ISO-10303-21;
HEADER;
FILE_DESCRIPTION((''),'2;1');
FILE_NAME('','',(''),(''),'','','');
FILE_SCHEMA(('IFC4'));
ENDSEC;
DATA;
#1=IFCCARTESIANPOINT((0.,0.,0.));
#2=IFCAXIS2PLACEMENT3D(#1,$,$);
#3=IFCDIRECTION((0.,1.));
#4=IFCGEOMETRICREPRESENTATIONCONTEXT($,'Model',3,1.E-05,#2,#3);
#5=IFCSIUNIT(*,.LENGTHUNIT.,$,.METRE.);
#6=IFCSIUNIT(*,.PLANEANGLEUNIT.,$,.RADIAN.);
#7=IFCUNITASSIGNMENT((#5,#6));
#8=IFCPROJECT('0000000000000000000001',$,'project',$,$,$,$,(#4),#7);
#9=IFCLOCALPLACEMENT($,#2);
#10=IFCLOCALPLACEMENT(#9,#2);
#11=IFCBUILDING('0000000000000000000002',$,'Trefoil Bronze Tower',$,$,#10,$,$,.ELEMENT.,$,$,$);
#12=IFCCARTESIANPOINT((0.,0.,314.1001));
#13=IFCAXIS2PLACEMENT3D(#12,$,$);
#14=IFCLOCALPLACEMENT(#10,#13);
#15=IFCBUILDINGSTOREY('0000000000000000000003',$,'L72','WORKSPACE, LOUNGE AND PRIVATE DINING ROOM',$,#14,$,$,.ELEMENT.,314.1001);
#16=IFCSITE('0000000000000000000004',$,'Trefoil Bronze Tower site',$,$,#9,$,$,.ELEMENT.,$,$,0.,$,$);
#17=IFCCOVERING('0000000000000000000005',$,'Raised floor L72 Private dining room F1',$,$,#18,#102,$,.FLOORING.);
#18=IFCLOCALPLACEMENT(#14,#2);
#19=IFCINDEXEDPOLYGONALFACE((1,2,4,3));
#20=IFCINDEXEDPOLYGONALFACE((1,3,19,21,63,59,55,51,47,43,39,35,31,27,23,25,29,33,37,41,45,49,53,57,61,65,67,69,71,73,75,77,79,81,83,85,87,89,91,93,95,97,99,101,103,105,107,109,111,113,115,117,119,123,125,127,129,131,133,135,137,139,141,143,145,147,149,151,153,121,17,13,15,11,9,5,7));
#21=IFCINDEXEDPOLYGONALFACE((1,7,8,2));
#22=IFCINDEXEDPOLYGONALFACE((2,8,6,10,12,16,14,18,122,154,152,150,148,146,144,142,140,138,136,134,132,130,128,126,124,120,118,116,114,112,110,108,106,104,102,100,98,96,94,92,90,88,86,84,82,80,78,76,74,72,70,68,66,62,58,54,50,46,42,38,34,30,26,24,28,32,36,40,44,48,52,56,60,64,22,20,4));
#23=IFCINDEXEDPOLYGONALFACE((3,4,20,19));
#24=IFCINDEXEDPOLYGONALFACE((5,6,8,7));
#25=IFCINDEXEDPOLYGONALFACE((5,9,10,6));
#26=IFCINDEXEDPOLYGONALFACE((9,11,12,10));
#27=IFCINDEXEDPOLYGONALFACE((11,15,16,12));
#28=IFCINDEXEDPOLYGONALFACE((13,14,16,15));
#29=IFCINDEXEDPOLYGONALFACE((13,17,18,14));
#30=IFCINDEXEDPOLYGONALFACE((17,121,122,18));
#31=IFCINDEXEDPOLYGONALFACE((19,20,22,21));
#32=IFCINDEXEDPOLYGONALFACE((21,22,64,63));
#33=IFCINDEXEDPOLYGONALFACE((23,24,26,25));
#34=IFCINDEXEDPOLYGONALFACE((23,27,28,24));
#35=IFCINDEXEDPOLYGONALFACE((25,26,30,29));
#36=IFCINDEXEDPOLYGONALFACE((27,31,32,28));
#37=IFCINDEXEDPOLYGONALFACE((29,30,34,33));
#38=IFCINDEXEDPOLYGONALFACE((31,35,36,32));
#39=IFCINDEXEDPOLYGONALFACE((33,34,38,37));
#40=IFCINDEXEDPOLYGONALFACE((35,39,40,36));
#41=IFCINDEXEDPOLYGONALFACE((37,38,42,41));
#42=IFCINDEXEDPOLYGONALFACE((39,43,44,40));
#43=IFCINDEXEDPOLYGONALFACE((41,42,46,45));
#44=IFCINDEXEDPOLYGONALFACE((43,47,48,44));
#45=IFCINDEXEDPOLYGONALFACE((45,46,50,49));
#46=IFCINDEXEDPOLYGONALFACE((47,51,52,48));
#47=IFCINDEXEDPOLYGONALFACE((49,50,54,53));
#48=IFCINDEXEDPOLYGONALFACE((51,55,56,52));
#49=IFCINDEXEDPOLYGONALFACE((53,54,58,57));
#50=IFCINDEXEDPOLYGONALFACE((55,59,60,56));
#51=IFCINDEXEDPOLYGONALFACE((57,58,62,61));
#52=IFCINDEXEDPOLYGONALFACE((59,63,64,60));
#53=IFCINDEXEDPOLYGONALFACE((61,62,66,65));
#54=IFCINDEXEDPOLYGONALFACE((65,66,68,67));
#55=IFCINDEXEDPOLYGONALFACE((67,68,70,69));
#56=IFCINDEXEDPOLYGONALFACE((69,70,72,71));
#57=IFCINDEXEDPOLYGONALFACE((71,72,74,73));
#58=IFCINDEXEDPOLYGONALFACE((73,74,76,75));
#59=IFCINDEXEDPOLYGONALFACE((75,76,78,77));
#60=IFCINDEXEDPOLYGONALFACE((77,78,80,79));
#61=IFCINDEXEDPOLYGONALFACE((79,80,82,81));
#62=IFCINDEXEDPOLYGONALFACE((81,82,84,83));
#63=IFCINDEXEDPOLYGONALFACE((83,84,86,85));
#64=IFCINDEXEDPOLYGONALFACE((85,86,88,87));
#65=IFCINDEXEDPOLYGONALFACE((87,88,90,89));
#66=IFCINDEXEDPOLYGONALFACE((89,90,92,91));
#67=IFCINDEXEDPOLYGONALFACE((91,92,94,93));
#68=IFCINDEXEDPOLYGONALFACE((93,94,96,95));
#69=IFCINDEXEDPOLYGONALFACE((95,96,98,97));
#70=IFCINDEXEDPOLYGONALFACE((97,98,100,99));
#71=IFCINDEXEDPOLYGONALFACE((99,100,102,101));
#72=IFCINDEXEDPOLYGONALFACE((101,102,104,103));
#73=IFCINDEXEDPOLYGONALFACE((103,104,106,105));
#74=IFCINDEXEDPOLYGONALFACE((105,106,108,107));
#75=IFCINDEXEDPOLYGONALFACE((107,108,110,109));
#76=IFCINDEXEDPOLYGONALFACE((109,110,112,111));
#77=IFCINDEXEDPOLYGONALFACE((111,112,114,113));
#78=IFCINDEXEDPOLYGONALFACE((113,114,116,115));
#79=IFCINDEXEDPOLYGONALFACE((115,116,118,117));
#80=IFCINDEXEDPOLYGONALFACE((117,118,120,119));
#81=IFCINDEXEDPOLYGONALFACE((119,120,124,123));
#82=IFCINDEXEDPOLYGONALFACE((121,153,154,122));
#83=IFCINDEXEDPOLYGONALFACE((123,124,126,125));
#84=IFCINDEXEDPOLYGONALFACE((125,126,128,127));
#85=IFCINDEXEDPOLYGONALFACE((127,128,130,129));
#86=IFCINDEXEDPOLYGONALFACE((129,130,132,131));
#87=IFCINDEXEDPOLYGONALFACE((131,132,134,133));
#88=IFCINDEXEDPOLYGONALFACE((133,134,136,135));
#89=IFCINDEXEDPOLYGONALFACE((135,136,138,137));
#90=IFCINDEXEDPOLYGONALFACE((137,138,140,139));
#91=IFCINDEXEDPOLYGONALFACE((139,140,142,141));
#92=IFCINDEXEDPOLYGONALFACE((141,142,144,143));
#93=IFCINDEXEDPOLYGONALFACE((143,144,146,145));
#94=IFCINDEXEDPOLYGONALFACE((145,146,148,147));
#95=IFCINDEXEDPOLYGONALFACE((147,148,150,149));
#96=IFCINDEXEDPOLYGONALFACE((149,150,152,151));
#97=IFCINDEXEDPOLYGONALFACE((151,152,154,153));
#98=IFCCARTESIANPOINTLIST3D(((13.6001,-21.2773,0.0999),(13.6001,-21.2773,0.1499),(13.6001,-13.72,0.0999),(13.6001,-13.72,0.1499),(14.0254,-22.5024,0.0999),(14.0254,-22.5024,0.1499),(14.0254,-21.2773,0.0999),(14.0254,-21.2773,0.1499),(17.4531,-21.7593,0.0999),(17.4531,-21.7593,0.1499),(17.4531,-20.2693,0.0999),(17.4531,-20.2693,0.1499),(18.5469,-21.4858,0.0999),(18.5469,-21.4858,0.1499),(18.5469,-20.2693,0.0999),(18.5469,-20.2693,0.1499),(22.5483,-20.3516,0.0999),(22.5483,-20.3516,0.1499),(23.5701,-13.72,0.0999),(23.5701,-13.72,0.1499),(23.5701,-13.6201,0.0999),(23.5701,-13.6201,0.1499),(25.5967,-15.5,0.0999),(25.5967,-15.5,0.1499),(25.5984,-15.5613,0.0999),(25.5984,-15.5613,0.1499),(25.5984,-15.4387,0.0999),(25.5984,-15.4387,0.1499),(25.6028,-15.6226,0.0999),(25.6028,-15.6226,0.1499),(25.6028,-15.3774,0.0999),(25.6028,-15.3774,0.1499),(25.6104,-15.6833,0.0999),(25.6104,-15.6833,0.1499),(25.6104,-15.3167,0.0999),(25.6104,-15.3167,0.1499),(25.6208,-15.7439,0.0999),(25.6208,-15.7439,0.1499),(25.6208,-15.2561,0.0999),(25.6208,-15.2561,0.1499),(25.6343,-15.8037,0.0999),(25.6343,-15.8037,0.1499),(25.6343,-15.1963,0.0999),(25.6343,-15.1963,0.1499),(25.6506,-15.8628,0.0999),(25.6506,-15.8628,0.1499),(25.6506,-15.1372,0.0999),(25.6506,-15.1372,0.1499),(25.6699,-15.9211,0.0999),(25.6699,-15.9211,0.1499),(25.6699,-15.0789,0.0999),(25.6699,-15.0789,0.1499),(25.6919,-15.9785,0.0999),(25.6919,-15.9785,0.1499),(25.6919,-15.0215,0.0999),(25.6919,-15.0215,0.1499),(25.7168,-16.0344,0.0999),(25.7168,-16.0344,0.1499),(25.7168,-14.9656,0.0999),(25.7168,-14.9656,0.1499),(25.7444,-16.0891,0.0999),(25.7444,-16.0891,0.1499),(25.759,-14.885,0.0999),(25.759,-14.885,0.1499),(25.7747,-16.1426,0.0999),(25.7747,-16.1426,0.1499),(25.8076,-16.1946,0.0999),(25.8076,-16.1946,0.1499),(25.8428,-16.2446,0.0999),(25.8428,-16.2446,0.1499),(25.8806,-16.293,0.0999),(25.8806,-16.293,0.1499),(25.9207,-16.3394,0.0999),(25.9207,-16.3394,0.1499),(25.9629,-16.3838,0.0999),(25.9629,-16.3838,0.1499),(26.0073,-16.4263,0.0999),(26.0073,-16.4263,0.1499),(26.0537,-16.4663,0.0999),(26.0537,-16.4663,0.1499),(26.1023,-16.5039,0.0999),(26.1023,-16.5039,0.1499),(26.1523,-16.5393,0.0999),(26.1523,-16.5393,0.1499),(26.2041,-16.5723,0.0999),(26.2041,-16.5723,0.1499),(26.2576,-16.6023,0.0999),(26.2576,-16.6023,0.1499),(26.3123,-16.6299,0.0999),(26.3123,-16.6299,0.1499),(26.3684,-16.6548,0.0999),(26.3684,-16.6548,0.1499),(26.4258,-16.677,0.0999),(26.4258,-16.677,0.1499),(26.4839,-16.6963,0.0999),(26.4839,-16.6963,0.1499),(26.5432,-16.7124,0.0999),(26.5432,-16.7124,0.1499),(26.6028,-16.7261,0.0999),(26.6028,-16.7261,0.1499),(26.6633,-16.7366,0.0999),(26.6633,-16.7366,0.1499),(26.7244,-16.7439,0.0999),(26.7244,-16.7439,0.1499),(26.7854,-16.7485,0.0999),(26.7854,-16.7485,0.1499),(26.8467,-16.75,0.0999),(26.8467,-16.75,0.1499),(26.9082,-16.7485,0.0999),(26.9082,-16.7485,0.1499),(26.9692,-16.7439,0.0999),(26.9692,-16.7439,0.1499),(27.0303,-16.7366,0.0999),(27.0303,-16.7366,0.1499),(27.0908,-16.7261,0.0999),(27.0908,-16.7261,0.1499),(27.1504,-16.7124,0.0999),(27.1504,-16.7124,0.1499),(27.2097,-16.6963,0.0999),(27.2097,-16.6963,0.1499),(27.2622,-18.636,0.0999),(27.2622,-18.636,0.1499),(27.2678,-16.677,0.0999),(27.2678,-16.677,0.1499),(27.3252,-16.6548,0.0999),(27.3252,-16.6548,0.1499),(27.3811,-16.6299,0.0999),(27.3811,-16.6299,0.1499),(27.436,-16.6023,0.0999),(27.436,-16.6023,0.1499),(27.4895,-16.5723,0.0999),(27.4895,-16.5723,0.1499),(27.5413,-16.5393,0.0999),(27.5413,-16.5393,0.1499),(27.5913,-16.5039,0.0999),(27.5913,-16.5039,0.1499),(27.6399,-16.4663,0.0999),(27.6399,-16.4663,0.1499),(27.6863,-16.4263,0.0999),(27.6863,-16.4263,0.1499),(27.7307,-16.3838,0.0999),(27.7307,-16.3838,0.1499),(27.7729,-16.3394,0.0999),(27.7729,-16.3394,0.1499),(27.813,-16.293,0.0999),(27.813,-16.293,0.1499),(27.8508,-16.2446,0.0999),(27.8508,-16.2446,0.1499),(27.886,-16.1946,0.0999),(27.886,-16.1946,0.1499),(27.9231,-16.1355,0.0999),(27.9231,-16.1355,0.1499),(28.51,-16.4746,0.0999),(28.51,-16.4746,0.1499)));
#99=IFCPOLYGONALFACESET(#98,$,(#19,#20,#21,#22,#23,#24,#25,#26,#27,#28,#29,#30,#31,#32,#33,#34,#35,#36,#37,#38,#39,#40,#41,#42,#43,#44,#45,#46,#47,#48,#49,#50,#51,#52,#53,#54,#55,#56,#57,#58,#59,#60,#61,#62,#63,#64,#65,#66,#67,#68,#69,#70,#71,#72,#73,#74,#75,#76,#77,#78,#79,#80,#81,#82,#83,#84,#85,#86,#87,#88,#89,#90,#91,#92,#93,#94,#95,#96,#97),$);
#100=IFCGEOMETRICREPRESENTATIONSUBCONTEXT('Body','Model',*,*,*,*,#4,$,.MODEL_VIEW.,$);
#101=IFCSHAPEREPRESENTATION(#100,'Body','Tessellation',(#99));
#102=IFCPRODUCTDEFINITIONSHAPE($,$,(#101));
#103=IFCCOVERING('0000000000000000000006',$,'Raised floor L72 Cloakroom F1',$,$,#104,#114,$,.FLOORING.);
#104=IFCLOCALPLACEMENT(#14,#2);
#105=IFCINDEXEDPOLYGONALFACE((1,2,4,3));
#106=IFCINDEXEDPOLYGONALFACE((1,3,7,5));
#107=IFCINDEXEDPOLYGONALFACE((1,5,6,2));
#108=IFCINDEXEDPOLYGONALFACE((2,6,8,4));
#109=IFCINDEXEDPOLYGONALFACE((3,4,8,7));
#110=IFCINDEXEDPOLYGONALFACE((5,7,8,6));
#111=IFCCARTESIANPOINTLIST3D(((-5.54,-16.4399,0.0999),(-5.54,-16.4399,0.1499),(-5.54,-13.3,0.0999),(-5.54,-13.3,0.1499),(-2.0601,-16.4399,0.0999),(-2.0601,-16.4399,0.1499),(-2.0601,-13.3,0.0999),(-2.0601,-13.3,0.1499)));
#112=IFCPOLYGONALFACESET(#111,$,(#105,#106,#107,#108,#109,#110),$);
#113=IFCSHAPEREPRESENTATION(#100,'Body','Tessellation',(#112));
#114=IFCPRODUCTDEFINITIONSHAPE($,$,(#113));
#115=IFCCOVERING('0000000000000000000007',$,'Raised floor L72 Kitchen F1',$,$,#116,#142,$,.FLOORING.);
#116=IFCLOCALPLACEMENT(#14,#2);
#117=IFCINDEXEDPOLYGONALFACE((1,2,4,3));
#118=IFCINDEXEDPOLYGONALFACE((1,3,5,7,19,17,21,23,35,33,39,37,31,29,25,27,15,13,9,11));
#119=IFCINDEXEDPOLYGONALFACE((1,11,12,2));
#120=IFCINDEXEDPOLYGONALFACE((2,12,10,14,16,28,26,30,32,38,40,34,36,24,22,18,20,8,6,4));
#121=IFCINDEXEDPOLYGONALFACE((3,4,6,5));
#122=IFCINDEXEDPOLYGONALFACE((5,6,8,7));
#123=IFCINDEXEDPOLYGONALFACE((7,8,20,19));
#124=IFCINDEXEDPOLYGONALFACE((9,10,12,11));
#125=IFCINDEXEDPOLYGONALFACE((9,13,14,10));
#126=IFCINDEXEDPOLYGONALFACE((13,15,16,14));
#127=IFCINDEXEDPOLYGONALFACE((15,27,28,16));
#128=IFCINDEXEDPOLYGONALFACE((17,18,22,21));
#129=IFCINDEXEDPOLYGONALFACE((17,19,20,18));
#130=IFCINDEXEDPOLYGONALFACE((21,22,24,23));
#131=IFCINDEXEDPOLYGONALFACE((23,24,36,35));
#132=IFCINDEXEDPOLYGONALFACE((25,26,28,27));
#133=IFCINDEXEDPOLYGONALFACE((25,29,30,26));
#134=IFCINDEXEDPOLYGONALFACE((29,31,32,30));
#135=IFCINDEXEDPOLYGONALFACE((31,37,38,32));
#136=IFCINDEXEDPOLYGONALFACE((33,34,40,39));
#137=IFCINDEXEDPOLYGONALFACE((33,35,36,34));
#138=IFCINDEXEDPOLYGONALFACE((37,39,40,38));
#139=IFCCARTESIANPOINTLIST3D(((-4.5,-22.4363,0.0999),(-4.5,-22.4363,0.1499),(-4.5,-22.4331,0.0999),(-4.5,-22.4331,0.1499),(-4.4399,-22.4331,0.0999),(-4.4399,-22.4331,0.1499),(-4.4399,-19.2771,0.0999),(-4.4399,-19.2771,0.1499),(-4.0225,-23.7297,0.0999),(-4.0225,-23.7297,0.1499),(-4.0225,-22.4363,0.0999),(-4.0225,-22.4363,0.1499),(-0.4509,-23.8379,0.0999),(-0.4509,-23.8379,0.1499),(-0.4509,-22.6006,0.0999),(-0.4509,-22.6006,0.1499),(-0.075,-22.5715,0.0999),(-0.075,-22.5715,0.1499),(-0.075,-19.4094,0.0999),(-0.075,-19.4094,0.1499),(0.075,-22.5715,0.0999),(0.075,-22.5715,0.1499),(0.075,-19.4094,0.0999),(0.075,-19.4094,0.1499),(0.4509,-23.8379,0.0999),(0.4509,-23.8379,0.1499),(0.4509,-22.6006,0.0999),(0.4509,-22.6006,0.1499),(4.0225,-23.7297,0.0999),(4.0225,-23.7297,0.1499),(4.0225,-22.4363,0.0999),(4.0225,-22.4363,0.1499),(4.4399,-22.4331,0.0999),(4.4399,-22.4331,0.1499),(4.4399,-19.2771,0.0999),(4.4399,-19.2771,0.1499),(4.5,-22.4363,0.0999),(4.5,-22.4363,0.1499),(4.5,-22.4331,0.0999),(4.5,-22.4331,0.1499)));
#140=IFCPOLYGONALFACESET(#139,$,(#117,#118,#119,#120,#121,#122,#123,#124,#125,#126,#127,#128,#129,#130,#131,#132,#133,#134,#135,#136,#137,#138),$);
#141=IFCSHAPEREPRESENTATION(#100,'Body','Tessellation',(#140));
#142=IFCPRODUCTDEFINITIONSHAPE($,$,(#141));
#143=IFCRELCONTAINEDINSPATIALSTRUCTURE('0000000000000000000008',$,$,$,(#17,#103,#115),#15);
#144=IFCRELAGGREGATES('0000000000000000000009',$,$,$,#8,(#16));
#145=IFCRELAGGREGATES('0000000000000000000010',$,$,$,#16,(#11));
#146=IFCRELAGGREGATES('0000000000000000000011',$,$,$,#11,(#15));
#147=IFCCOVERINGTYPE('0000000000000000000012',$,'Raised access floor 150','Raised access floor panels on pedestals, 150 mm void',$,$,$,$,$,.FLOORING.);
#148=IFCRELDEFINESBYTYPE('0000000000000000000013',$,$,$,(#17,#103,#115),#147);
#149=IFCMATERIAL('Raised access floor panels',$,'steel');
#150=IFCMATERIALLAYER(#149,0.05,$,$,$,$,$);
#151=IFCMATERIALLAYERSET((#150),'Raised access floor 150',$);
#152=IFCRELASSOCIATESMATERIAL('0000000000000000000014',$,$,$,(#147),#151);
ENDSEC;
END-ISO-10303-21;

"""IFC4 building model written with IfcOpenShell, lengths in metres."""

from ifc_helpers import new_model, si_unit, direction, frame, origin, place, context, subcontext, project, spatial, polyline, outline, extrude, material, layer, layer_set, type_object, element, save


model = new_model("IFC4")

# Units and contexts
model_context = context("Model", 3, precision=1e-05, world=origin(), true_north=direction((0.0, 1.0)))
body_context = subcontext(model_context, "Body", "Model", "MODEL_VIEW")
ifc_project = project(units=[si_unit("LENGTHUNIT", "METRE"), si_unit("PLANEANGLEUNIT", "RADIAN")], contexts=[model_context])

# Site, building, storey
site_placement = place(None, origin())
site = spatial("IfcSite", under=ifc_project, at=site_placement, Name="Trefoil Bronze Tower site", CompositionType="ELEMENT", RefElevation=0.0)
building_placement = place(site_placement, origin())
building = spatial("IfcBuilding", under=site, at=building_placement, Name="Trefoil Bronze Tower", CompositionType="ELEMENT")
storey_placement = place(building_placement, frame((0.0, 0.0, 314.1001)))
storey = spatial("IfcBuildingStorey", under=building, at=storey_placement, Name="L72", Description="WORKSPACE, LOUNGE AND PRIVATE DINING ROOM", CompositionType="ELEMENT", Elevation=314.1001)

# Coverings
ifc_material_1 = material(Name="Raised access floor panels", Category="steel")
ifc_layer_1 = layer(ifc_material_1, 0.05)
ifc_layer_set_1 = layer_set([ifc_layer_1], Name="Raised access floor 150")
covering_type_1 = type_object("IfcCoveringType", Name="Raised access floor 150", Description="Raised access floor panels on pedestals, 150 mm void", PredefinedType="FLOORING", material=ifc_layer_set_1)
covering_1_placement = place(storey_placement, frame((0.0, 0.0, 0.0999)))
element("IfcCovering", 1, at=covering_1_placement, inside=storey, type_object=covering_type_1, Name="Raised floor L72 Private dining room F1", PredefinedType="FLOORING", context=body_context, shape_type="SweptSolid", body=[
    extrude(outline(polyline([(27.2622, -18.636), (22.5483, -20.3516), (18.5469, -21.4858), (18.5469, -20.2693), (17.4531, -20.2693), (17.4531, -21.7593), (14.0254, -22.5024), (14.0254, -21.2773), (13.6001, -21.2773), (13.6001, -13.72), (23.5701, -13.72), (23.5701, -13.6201), (25.759, -14.885), (25.7168, -14.9656), (25.6919, -15.0215), (25.6699, -15.0789), (25.6506, -15.1372), (25.6343, -15.1963), (25.6208, -15.2561), (25.6104, -15.3167), (25.6028, -15.3774), (25.5984, -15.4387), (25.5967, -15.5), (25.5984, -15.5613), (25.6028, -15.6226), (25.6104, -15.6833), (25.6208, -15.7439), (25.6343, -15.8037), (25.6506, -15.8628), (25.6699, -15.9211), (25.6919, -15.9785), (25.7168, -16.0344), (25.7444, -16.0891), (25.7747, -16.1426), (25.8076, -16.1946), (25.8428, -16.2446), (25.8806, -16.293), (25.9207, -16.3394), (25.9629, -16.3838), (26.0073, -16.4263), (26.0537, -16.4663), (26.1023, -16.5039), (26.1523, -16.5393), (26.2041, -16.5723), (26.2576, -16.6023), (26.3123, -16.6299), (26.3684, -16.6548), (26.4258, -16.677), (26.4839, -16.6963), (26.5432, -16.7124), (26.6028, -16.7261), (26.6633, -16.7366), (26.7244, -16.7439), (26.7854, -16.7485), (26.8467, -16.75), (26.9082, -16.7485), (26.9692, -16.7439), (27.0303, -16.7366), (27.0908, -16.7261), (27.1504, -16.7124), (27.2097, -16.6963), (27.2678, -16.677), (27.3252, -16.6548), (27.3811, -16.6299), (27.436, -16.6023), (27.4895, -16.5723), (27.5413, -16.5393), (27.5913, -16.5039), (27.6399, -16.4663), (27.6863, -16.4263), (27.7307, -16.3838), (27.7729, -16.3394), (27.813, -16.293), (27.8508, -16.2446), (27.886, -16.1946), (27.9231, -16.1355), (28.51, -16.4746), (27.2622, -18.636)])), origin(), (0.0, 0.0, 1.0), 0.05),
])
covering_2_placement = place(storey_placement, frame((0.0, 0.0, 0.0999)))
element("IfcCovering", 2, at=covering_2_placement, inside=storey, type_object=covering_type_1, Name="Raised floor L72 Cloakroom F1", PredefinedType="FLOORING", context=body_context, shape_type="SweptSolid", body=[
    extrude(outline(polyline([(-2.0601, -13.3), (-2.0601, -16.4399), (-5.54, -16.4399), (-5.54, -13.3), (-2.0601, -13.3)])), origin(), (0.0, 0.0, 1.0), 0.05),
])
covering_3_placement = place(storey_placement, frame((0.0, 0.0, 0.0999)))
element("IfcCovering", 3, at=covering_3_placement, inside=storey, type_object=covering_type_1, Name="Raised floor L72 Kitchen F1", PredefinedType="FLOORING", context=body_context, shape_type="SweptSolid", body=[
    extrude(outline(polyline([(0.4509, -23.8379), (0.4509, -22.6006), (-0.4509, -22.6006), (-0.4509, -23.8379), (-4.0225, -23.7297), (-4.0225, -22.4363), (-4.5, -22.4363), (-4.5, -22.4331), (-4.4399, -22.4331), (-4.4399, -19.2771), (-0.075, -19.4094), (-0.075, -22.5715), (0.075, -22.5715), (0.075, -19.4094), (4.4399, -19.2771), (4.4399, -22.4331), (4.5, -22.4331), (4.5, -22.4363), (4.0225, -22.4363), (4.0225, -23.7297), (0.4509, -23.8379)])), origin(), (0.0, 0.0, 1.0), 0.05),
])

save(model, "model.ifc")
